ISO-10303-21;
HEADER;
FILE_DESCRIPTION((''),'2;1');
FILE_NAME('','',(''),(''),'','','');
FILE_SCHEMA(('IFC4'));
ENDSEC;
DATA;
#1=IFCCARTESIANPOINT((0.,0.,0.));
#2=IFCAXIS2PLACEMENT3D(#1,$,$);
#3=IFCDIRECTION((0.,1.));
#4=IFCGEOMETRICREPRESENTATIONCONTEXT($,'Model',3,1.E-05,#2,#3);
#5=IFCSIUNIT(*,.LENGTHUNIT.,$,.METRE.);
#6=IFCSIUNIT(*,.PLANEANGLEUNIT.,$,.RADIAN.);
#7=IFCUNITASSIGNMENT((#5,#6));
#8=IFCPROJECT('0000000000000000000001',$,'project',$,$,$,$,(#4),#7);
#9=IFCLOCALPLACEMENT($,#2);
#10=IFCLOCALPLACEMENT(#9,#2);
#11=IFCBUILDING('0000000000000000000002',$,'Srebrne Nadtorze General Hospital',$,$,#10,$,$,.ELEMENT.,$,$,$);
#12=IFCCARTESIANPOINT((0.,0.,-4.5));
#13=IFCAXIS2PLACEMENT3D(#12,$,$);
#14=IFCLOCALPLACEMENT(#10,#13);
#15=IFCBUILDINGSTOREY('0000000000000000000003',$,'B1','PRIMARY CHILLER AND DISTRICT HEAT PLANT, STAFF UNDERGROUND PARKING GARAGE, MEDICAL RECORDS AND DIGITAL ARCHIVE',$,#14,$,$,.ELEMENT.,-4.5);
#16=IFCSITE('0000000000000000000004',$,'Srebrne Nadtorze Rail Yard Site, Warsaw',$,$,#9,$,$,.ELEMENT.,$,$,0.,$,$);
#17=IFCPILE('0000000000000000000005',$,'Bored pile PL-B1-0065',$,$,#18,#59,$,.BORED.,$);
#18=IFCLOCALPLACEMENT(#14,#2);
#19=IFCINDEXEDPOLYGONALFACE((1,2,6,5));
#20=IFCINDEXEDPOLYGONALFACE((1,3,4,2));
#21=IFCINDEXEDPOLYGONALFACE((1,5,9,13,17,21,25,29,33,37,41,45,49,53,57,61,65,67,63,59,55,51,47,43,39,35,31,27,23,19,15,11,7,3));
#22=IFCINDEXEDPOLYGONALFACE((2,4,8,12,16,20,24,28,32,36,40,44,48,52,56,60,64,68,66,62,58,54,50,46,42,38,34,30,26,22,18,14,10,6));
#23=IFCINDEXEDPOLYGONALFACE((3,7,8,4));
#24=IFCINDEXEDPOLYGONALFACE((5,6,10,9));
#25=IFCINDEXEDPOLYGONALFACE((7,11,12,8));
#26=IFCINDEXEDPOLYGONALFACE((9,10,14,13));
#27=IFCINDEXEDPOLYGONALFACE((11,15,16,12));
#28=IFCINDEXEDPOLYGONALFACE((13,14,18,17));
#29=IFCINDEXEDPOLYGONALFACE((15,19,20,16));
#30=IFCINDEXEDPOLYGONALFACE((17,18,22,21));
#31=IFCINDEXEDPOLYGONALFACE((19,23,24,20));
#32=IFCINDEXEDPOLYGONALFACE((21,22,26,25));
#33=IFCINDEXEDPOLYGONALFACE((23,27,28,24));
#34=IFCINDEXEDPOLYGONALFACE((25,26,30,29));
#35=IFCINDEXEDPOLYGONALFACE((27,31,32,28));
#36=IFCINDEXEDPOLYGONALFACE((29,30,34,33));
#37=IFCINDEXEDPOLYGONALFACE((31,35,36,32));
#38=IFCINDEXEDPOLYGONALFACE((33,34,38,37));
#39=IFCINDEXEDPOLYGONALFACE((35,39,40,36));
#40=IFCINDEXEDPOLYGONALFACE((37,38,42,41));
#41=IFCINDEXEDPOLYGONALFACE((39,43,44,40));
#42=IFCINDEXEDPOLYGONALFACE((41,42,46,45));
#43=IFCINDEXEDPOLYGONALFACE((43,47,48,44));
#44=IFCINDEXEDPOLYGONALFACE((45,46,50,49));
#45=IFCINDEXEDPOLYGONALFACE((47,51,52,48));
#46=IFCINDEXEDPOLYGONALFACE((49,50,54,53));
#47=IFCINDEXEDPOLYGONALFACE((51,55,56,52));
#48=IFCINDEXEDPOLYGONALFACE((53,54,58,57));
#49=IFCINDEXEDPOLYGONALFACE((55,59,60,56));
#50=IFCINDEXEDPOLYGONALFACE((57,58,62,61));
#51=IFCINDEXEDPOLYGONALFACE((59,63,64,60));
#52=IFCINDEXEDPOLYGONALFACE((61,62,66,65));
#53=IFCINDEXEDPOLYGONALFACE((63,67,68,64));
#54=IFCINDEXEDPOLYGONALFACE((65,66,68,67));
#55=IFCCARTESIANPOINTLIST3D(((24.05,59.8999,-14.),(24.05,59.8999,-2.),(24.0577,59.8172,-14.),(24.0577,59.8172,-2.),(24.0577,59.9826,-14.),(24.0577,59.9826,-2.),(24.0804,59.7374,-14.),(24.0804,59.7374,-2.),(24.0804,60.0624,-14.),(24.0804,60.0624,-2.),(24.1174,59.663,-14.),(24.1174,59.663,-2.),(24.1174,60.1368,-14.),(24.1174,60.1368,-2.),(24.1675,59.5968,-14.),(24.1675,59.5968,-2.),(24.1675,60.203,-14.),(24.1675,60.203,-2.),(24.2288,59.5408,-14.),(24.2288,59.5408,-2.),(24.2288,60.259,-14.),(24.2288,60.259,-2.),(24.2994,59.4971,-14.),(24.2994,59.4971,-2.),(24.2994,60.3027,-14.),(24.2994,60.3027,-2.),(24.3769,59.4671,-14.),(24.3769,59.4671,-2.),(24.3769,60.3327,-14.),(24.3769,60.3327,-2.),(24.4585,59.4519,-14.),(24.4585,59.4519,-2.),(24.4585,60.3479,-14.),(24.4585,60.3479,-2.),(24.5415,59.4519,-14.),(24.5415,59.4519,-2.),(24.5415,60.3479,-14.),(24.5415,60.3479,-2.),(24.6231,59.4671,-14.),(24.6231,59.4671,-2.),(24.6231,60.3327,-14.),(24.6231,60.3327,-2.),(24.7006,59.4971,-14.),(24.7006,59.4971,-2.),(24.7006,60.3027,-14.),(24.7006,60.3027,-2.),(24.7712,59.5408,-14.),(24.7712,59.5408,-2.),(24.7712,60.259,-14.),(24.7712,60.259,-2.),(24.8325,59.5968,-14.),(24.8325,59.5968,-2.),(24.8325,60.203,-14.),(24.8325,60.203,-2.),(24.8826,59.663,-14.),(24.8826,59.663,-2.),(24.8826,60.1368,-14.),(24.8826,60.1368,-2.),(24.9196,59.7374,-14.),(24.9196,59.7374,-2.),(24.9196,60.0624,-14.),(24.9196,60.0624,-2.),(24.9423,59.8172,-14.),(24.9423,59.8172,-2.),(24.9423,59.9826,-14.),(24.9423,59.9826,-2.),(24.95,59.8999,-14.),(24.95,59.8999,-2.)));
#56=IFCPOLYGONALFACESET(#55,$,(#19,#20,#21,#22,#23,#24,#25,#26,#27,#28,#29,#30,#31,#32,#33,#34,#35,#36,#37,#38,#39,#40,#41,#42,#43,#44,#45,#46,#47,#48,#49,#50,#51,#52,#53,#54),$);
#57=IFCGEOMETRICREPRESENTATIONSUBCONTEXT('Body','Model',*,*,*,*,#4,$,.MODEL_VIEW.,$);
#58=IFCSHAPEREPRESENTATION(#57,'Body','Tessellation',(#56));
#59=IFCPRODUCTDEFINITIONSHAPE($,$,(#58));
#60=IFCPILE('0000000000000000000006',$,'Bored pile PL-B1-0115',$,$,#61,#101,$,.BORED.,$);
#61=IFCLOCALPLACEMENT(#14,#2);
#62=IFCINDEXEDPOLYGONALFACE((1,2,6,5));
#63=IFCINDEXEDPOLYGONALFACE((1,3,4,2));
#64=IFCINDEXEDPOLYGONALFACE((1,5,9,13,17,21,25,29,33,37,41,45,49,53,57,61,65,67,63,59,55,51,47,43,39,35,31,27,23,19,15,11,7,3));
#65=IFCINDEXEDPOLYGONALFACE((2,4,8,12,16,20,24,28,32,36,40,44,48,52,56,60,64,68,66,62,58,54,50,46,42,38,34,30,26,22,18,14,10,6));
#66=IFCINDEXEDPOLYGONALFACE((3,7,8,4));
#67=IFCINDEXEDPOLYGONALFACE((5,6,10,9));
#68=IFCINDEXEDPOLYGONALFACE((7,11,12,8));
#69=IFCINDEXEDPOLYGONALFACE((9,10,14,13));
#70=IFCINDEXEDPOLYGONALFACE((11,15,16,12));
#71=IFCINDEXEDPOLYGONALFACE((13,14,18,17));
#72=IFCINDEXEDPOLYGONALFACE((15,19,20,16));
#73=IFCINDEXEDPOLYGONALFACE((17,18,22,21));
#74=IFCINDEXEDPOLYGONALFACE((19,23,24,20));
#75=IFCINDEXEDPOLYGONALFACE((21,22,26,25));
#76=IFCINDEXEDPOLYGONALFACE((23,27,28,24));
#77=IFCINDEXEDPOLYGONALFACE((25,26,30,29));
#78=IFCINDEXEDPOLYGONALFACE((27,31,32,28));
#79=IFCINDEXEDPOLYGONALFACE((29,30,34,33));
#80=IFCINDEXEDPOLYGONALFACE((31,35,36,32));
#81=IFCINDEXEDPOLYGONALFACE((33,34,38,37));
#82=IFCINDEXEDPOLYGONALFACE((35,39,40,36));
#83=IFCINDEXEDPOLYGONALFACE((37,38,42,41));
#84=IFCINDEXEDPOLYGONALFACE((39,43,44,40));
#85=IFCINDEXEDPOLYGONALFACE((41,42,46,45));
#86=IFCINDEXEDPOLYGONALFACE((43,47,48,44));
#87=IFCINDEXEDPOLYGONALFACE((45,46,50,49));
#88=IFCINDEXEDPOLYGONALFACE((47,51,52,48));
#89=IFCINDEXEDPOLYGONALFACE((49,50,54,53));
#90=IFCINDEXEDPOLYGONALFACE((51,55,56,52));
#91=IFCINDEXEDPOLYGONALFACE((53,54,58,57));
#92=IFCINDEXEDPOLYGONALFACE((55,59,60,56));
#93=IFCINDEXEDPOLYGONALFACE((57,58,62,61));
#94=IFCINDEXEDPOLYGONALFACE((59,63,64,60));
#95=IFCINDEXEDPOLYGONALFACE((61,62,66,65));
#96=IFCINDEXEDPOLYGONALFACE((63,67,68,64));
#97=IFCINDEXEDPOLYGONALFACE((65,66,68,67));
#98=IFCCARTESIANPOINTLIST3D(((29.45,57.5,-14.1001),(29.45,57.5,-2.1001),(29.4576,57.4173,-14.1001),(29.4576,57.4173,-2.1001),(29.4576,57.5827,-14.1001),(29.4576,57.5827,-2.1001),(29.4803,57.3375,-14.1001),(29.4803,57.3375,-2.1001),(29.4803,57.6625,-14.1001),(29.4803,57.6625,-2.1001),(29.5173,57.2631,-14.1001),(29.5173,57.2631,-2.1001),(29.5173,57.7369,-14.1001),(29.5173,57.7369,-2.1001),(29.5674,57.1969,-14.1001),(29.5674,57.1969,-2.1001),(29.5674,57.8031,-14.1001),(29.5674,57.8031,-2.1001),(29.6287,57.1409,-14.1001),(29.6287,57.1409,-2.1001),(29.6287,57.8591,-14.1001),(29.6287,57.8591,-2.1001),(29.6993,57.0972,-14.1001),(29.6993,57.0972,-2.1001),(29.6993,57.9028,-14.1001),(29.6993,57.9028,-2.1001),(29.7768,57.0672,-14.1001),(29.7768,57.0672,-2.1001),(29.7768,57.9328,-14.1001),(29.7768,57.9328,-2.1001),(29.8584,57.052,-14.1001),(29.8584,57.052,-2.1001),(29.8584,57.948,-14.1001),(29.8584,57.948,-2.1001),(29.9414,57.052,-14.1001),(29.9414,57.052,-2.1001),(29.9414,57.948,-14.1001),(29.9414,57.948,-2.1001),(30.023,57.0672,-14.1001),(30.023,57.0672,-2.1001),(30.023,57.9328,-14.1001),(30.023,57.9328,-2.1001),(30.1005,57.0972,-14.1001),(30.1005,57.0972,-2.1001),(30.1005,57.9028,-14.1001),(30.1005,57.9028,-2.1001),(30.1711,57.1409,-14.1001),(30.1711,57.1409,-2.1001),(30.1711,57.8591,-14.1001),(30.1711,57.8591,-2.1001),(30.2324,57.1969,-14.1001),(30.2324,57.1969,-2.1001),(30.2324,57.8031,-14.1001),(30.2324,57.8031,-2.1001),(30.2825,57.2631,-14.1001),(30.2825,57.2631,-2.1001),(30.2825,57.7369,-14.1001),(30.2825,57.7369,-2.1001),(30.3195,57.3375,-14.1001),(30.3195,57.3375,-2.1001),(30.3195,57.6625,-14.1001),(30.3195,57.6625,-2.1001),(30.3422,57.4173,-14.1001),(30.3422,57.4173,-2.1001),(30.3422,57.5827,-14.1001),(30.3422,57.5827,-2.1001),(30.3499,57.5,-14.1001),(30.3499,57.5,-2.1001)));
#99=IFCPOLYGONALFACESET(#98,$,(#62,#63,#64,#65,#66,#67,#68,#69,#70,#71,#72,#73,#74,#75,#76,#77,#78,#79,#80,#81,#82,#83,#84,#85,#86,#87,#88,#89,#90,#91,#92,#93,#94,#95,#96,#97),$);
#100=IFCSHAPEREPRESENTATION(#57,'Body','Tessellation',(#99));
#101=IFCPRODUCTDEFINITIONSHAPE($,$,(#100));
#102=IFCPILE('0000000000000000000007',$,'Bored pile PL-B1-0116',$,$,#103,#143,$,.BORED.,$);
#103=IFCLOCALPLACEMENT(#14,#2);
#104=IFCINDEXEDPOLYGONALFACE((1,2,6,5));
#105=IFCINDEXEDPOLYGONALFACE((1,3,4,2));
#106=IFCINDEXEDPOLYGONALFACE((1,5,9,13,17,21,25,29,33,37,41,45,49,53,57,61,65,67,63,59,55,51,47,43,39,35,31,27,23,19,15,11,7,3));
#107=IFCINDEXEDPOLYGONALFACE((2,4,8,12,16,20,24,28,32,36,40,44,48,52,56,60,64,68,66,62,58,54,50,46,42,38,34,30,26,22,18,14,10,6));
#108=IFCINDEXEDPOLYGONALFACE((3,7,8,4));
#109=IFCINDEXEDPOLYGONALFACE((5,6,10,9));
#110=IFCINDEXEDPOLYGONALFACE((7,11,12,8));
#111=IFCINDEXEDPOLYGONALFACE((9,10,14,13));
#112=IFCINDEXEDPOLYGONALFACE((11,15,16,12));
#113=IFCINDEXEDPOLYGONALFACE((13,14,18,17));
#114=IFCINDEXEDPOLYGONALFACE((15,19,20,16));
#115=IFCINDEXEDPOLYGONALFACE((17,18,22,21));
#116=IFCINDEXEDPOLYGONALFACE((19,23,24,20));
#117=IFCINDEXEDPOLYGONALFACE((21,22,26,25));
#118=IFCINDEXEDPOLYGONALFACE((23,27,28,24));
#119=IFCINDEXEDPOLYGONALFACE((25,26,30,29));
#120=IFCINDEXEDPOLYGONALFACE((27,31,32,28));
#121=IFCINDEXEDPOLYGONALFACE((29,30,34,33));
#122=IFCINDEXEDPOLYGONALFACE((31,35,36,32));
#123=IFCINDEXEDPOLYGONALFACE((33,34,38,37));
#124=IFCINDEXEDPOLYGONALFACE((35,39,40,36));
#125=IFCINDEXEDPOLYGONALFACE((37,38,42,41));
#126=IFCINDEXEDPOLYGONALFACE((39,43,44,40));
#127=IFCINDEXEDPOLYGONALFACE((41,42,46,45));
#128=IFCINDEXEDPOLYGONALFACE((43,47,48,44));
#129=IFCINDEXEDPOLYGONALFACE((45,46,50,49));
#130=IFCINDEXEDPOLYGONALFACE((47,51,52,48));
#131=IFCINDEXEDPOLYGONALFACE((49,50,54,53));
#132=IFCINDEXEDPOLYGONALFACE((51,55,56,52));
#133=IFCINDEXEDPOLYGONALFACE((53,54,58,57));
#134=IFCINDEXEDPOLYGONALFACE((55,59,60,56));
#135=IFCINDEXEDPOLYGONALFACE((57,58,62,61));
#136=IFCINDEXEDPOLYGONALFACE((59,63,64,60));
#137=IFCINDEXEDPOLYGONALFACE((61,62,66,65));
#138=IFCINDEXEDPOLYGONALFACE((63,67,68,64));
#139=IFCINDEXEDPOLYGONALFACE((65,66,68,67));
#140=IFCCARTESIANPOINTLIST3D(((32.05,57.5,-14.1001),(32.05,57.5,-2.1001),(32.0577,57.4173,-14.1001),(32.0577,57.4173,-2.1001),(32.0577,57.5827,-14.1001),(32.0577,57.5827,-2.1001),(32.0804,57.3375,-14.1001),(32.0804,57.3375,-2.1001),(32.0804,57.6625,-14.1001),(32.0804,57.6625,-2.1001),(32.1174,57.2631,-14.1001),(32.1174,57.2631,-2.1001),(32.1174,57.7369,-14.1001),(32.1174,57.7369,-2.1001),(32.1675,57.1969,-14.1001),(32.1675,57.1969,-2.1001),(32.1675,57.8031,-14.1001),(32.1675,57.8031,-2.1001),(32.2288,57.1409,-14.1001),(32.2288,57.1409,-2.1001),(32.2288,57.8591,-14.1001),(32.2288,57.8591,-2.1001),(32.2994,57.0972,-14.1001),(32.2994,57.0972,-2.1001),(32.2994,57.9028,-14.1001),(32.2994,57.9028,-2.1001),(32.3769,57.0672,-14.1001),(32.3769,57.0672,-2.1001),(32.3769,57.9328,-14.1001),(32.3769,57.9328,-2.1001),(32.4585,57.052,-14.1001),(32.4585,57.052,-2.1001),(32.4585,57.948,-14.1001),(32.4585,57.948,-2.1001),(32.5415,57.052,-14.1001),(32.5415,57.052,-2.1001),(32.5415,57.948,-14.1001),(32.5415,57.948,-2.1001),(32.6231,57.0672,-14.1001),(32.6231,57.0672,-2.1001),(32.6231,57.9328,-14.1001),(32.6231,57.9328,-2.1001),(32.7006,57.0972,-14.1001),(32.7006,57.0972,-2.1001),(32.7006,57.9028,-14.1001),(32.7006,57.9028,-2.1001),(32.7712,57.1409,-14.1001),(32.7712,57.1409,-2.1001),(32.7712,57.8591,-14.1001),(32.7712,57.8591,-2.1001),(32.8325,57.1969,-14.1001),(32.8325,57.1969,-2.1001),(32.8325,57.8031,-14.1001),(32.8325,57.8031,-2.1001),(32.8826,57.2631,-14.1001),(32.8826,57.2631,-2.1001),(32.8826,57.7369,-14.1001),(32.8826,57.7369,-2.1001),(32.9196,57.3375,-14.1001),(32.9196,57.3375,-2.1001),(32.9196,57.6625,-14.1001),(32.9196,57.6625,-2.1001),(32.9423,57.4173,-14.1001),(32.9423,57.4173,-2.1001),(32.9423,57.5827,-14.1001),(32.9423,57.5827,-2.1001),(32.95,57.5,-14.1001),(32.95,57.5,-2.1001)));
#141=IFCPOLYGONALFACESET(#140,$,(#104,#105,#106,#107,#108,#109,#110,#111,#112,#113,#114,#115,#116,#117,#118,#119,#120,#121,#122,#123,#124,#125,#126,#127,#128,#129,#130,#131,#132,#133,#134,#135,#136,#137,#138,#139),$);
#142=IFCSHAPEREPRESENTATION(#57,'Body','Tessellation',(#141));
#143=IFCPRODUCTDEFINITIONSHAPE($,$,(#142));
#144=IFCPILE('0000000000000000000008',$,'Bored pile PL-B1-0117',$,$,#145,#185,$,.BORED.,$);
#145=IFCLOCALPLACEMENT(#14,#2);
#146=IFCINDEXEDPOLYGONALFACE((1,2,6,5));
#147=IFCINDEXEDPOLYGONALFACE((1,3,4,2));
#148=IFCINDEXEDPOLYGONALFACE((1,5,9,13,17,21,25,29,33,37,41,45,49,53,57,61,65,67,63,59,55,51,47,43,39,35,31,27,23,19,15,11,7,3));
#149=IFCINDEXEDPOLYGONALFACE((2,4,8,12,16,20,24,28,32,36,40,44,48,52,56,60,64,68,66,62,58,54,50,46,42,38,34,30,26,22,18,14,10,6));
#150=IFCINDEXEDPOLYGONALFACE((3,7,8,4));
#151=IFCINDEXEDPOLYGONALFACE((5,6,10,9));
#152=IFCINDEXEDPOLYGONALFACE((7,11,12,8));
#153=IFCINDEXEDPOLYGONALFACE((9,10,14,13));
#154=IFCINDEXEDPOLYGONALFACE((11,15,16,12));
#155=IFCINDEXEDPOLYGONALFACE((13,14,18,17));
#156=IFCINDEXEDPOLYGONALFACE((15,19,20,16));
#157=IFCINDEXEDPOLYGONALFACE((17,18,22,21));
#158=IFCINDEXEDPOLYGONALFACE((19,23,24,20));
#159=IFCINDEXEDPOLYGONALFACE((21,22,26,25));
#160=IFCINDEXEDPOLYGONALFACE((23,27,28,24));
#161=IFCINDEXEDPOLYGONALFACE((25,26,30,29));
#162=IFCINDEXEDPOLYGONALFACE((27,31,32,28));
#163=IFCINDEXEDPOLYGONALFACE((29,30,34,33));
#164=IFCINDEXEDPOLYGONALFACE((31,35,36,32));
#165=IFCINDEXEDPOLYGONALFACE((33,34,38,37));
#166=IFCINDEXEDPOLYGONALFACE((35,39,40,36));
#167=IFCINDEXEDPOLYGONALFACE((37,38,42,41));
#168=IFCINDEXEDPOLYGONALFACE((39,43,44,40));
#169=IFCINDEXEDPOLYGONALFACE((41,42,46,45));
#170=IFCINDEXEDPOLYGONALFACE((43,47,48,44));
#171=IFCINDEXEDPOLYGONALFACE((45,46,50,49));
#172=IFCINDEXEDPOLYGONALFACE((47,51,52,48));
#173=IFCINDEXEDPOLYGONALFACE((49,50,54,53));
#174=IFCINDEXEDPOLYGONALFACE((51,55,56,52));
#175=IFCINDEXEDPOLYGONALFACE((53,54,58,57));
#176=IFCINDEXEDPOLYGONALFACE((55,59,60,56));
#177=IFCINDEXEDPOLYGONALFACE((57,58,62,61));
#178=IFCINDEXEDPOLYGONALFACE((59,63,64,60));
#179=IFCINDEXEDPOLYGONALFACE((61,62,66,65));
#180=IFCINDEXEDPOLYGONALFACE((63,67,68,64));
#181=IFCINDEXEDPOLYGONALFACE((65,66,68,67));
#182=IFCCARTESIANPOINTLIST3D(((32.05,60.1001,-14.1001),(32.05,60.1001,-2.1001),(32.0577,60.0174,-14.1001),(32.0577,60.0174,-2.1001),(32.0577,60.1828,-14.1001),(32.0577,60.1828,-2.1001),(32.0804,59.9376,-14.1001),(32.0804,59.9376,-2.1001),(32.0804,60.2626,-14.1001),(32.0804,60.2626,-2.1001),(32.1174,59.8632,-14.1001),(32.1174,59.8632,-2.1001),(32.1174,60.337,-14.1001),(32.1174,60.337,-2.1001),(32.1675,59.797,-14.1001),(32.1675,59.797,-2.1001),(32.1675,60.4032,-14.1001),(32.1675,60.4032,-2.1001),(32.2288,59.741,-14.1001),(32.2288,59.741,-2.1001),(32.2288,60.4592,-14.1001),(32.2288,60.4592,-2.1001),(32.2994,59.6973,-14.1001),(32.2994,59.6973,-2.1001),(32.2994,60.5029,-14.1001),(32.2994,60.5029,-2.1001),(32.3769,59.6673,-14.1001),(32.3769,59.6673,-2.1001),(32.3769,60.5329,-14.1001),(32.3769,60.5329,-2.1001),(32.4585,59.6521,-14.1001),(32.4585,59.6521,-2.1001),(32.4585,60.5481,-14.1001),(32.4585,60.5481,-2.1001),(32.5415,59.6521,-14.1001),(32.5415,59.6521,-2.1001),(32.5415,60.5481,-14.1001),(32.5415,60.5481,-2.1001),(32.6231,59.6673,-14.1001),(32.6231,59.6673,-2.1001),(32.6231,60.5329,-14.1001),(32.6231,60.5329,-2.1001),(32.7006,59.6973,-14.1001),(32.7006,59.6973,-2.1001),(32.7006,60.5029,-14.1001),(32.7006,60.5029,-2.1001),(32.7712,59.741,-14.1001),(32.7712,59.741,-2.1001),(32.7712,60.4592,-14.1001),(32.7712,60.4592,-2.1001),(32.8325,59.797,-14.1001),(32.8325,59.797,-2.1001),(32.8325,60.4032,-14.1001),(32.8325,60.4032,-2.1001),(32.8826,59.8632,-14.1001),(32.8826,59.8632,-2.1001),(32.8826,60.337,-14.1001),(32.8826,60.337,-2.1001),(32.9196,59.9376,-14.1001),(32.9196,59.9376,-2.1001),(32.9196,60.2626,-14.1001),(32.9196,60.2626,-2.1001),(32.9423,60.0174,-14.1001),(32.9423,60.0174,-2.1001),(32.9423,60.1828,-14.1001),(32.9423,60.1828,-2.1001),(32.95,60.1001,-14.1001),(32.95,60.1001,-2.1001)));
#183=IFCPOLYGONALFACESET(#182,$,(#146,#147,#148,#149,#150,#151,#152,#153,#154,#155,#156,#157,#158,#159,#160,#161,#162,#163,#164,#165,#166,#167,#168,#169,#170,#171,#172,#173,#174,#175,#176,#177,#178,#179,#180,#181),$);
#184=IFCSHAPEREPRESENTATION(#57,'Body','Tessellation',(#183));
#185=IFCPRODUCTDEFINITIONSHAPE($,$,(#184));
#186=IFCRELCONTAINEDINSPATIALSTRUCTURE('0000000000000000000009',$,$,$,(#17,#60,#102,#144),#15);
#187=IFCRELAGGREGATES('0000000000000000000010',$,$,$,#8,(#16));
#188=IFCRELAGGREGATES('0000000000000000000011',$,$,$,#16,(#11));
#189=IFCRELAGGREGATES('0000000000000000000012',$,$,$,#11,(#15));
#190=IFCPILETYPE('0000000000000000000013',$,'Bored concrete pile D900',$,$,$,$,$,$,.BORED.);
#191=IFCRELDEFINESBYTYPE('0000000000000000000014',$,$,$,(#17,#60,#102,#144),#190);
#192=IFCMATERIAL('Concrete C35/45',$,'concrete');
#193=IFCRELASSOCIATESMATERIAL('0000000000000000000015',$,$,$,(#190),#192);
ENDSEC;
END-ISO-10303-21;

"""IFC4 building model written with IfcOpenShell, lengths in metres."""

from ifc_helpers import new_model, si_unit, direction, frame, origin, origin_2d, place, context, subcontext, project, spatial, circle, extrude, material, material_profile, profile_set, type_object, element, save


model = new_model("IFC4")

# Units and contexts
model_context = context("Model", 3, precision=1e-05, world=origin(), true_north=direction((0.0, 1.0)))
body_context = subcontext(model_context, "Body", "Model", "MODEL_VIEW")
ifc_project = project(units=[si_unit("LENGTHUNIT", "METRE"), si_unit("PLANEANGLEUNIT", "RADIAN")], contexts=[model_context])

# Site, building, storey
site_placement = place(None, origin())
site = spatial("IfcSite", under=ifc_project, at=site_placement, Name="Srebrne Nadtorze Rail Yard Site, Warsaw", CompositionType="ELEMENT", RefElevation=0.0)
building_placement = place(site_placement, origin())
building = spatial("IfcBuilding", under=site, at=building_placement, Name="Srebrne Nadtorze General Hospital", CompositionType="ELEMENT")
storey_placement = place(building_placement, frame((0.0, 0.0, -4.5)))
storey = spatial("IfcBuildingStorey", under=building, at=storey_placement, Name="B1", Description="PRIMARY CHILLER AND DISTRICT HEAT PLANT, STAFF UNDERGROUND PARKING GARAGE, MEDICAL RECORDS AND DIGITAL ARCHIVE", CompositionType="ELEMENT", Elevation=-4.5)

# Piles
ifc_material_1 = material(Name="Concrete C35/45", Category="concrete")
ifc_material_profile_1 = material_profile(ifc_material_1, circle(Radius=0.45, at=origin_2d()), Name="PILE-D900")
ifc_profile_set_1 = profile_set([ifc_material_profile_1], Name="Concrete C35/45")
pile_type_1 = type_object("IfcPileType", Name="Bored concrete pile D900", PredefinedType="BORED", material=ifc_profile_set_1)
for number, where, z_axis, x_axis, name in (
    (1, (24.5, 59.8999, -2.0), (0.0, 0.0, -1.0), (1.0, 0.0, 0.0), "Bored pile PL-B1-0065"),
    (2, (29.8999, 57.5, -2.1001), (0.0, 0.0, -1.0), (1.0, 0.0, 0.0), "Bored pile PL-B1-0115"),
    (3, (32.5, 57.5, -2.1001), (0.0, 0.0, -1.0), (1.0, 0.0, 0.0), "Bored pile PL-B1-0116"),
    (4, (32.5, 60.1001, -2.1001), (0.0, 0.0, -1.0), (1.0, 0.0, 0.0), "Bored pile PL-B1-0117"),
):
    element("IfcPile", number, at=place(storey_placement, frame(where, z_axis=z_axis, x_axis=x_axis)), inside=storey, type_object=pile_type_1, Name=name, PredefinedType="BORED", context=body_context, shape_type="SweptSolid", body=[
        extrude(circle(Radius=0.45, at=origin_2d()), origin(), (0.0, 0.0, 1.0), 12.0),
    ])

save(model, "model.ifc")
